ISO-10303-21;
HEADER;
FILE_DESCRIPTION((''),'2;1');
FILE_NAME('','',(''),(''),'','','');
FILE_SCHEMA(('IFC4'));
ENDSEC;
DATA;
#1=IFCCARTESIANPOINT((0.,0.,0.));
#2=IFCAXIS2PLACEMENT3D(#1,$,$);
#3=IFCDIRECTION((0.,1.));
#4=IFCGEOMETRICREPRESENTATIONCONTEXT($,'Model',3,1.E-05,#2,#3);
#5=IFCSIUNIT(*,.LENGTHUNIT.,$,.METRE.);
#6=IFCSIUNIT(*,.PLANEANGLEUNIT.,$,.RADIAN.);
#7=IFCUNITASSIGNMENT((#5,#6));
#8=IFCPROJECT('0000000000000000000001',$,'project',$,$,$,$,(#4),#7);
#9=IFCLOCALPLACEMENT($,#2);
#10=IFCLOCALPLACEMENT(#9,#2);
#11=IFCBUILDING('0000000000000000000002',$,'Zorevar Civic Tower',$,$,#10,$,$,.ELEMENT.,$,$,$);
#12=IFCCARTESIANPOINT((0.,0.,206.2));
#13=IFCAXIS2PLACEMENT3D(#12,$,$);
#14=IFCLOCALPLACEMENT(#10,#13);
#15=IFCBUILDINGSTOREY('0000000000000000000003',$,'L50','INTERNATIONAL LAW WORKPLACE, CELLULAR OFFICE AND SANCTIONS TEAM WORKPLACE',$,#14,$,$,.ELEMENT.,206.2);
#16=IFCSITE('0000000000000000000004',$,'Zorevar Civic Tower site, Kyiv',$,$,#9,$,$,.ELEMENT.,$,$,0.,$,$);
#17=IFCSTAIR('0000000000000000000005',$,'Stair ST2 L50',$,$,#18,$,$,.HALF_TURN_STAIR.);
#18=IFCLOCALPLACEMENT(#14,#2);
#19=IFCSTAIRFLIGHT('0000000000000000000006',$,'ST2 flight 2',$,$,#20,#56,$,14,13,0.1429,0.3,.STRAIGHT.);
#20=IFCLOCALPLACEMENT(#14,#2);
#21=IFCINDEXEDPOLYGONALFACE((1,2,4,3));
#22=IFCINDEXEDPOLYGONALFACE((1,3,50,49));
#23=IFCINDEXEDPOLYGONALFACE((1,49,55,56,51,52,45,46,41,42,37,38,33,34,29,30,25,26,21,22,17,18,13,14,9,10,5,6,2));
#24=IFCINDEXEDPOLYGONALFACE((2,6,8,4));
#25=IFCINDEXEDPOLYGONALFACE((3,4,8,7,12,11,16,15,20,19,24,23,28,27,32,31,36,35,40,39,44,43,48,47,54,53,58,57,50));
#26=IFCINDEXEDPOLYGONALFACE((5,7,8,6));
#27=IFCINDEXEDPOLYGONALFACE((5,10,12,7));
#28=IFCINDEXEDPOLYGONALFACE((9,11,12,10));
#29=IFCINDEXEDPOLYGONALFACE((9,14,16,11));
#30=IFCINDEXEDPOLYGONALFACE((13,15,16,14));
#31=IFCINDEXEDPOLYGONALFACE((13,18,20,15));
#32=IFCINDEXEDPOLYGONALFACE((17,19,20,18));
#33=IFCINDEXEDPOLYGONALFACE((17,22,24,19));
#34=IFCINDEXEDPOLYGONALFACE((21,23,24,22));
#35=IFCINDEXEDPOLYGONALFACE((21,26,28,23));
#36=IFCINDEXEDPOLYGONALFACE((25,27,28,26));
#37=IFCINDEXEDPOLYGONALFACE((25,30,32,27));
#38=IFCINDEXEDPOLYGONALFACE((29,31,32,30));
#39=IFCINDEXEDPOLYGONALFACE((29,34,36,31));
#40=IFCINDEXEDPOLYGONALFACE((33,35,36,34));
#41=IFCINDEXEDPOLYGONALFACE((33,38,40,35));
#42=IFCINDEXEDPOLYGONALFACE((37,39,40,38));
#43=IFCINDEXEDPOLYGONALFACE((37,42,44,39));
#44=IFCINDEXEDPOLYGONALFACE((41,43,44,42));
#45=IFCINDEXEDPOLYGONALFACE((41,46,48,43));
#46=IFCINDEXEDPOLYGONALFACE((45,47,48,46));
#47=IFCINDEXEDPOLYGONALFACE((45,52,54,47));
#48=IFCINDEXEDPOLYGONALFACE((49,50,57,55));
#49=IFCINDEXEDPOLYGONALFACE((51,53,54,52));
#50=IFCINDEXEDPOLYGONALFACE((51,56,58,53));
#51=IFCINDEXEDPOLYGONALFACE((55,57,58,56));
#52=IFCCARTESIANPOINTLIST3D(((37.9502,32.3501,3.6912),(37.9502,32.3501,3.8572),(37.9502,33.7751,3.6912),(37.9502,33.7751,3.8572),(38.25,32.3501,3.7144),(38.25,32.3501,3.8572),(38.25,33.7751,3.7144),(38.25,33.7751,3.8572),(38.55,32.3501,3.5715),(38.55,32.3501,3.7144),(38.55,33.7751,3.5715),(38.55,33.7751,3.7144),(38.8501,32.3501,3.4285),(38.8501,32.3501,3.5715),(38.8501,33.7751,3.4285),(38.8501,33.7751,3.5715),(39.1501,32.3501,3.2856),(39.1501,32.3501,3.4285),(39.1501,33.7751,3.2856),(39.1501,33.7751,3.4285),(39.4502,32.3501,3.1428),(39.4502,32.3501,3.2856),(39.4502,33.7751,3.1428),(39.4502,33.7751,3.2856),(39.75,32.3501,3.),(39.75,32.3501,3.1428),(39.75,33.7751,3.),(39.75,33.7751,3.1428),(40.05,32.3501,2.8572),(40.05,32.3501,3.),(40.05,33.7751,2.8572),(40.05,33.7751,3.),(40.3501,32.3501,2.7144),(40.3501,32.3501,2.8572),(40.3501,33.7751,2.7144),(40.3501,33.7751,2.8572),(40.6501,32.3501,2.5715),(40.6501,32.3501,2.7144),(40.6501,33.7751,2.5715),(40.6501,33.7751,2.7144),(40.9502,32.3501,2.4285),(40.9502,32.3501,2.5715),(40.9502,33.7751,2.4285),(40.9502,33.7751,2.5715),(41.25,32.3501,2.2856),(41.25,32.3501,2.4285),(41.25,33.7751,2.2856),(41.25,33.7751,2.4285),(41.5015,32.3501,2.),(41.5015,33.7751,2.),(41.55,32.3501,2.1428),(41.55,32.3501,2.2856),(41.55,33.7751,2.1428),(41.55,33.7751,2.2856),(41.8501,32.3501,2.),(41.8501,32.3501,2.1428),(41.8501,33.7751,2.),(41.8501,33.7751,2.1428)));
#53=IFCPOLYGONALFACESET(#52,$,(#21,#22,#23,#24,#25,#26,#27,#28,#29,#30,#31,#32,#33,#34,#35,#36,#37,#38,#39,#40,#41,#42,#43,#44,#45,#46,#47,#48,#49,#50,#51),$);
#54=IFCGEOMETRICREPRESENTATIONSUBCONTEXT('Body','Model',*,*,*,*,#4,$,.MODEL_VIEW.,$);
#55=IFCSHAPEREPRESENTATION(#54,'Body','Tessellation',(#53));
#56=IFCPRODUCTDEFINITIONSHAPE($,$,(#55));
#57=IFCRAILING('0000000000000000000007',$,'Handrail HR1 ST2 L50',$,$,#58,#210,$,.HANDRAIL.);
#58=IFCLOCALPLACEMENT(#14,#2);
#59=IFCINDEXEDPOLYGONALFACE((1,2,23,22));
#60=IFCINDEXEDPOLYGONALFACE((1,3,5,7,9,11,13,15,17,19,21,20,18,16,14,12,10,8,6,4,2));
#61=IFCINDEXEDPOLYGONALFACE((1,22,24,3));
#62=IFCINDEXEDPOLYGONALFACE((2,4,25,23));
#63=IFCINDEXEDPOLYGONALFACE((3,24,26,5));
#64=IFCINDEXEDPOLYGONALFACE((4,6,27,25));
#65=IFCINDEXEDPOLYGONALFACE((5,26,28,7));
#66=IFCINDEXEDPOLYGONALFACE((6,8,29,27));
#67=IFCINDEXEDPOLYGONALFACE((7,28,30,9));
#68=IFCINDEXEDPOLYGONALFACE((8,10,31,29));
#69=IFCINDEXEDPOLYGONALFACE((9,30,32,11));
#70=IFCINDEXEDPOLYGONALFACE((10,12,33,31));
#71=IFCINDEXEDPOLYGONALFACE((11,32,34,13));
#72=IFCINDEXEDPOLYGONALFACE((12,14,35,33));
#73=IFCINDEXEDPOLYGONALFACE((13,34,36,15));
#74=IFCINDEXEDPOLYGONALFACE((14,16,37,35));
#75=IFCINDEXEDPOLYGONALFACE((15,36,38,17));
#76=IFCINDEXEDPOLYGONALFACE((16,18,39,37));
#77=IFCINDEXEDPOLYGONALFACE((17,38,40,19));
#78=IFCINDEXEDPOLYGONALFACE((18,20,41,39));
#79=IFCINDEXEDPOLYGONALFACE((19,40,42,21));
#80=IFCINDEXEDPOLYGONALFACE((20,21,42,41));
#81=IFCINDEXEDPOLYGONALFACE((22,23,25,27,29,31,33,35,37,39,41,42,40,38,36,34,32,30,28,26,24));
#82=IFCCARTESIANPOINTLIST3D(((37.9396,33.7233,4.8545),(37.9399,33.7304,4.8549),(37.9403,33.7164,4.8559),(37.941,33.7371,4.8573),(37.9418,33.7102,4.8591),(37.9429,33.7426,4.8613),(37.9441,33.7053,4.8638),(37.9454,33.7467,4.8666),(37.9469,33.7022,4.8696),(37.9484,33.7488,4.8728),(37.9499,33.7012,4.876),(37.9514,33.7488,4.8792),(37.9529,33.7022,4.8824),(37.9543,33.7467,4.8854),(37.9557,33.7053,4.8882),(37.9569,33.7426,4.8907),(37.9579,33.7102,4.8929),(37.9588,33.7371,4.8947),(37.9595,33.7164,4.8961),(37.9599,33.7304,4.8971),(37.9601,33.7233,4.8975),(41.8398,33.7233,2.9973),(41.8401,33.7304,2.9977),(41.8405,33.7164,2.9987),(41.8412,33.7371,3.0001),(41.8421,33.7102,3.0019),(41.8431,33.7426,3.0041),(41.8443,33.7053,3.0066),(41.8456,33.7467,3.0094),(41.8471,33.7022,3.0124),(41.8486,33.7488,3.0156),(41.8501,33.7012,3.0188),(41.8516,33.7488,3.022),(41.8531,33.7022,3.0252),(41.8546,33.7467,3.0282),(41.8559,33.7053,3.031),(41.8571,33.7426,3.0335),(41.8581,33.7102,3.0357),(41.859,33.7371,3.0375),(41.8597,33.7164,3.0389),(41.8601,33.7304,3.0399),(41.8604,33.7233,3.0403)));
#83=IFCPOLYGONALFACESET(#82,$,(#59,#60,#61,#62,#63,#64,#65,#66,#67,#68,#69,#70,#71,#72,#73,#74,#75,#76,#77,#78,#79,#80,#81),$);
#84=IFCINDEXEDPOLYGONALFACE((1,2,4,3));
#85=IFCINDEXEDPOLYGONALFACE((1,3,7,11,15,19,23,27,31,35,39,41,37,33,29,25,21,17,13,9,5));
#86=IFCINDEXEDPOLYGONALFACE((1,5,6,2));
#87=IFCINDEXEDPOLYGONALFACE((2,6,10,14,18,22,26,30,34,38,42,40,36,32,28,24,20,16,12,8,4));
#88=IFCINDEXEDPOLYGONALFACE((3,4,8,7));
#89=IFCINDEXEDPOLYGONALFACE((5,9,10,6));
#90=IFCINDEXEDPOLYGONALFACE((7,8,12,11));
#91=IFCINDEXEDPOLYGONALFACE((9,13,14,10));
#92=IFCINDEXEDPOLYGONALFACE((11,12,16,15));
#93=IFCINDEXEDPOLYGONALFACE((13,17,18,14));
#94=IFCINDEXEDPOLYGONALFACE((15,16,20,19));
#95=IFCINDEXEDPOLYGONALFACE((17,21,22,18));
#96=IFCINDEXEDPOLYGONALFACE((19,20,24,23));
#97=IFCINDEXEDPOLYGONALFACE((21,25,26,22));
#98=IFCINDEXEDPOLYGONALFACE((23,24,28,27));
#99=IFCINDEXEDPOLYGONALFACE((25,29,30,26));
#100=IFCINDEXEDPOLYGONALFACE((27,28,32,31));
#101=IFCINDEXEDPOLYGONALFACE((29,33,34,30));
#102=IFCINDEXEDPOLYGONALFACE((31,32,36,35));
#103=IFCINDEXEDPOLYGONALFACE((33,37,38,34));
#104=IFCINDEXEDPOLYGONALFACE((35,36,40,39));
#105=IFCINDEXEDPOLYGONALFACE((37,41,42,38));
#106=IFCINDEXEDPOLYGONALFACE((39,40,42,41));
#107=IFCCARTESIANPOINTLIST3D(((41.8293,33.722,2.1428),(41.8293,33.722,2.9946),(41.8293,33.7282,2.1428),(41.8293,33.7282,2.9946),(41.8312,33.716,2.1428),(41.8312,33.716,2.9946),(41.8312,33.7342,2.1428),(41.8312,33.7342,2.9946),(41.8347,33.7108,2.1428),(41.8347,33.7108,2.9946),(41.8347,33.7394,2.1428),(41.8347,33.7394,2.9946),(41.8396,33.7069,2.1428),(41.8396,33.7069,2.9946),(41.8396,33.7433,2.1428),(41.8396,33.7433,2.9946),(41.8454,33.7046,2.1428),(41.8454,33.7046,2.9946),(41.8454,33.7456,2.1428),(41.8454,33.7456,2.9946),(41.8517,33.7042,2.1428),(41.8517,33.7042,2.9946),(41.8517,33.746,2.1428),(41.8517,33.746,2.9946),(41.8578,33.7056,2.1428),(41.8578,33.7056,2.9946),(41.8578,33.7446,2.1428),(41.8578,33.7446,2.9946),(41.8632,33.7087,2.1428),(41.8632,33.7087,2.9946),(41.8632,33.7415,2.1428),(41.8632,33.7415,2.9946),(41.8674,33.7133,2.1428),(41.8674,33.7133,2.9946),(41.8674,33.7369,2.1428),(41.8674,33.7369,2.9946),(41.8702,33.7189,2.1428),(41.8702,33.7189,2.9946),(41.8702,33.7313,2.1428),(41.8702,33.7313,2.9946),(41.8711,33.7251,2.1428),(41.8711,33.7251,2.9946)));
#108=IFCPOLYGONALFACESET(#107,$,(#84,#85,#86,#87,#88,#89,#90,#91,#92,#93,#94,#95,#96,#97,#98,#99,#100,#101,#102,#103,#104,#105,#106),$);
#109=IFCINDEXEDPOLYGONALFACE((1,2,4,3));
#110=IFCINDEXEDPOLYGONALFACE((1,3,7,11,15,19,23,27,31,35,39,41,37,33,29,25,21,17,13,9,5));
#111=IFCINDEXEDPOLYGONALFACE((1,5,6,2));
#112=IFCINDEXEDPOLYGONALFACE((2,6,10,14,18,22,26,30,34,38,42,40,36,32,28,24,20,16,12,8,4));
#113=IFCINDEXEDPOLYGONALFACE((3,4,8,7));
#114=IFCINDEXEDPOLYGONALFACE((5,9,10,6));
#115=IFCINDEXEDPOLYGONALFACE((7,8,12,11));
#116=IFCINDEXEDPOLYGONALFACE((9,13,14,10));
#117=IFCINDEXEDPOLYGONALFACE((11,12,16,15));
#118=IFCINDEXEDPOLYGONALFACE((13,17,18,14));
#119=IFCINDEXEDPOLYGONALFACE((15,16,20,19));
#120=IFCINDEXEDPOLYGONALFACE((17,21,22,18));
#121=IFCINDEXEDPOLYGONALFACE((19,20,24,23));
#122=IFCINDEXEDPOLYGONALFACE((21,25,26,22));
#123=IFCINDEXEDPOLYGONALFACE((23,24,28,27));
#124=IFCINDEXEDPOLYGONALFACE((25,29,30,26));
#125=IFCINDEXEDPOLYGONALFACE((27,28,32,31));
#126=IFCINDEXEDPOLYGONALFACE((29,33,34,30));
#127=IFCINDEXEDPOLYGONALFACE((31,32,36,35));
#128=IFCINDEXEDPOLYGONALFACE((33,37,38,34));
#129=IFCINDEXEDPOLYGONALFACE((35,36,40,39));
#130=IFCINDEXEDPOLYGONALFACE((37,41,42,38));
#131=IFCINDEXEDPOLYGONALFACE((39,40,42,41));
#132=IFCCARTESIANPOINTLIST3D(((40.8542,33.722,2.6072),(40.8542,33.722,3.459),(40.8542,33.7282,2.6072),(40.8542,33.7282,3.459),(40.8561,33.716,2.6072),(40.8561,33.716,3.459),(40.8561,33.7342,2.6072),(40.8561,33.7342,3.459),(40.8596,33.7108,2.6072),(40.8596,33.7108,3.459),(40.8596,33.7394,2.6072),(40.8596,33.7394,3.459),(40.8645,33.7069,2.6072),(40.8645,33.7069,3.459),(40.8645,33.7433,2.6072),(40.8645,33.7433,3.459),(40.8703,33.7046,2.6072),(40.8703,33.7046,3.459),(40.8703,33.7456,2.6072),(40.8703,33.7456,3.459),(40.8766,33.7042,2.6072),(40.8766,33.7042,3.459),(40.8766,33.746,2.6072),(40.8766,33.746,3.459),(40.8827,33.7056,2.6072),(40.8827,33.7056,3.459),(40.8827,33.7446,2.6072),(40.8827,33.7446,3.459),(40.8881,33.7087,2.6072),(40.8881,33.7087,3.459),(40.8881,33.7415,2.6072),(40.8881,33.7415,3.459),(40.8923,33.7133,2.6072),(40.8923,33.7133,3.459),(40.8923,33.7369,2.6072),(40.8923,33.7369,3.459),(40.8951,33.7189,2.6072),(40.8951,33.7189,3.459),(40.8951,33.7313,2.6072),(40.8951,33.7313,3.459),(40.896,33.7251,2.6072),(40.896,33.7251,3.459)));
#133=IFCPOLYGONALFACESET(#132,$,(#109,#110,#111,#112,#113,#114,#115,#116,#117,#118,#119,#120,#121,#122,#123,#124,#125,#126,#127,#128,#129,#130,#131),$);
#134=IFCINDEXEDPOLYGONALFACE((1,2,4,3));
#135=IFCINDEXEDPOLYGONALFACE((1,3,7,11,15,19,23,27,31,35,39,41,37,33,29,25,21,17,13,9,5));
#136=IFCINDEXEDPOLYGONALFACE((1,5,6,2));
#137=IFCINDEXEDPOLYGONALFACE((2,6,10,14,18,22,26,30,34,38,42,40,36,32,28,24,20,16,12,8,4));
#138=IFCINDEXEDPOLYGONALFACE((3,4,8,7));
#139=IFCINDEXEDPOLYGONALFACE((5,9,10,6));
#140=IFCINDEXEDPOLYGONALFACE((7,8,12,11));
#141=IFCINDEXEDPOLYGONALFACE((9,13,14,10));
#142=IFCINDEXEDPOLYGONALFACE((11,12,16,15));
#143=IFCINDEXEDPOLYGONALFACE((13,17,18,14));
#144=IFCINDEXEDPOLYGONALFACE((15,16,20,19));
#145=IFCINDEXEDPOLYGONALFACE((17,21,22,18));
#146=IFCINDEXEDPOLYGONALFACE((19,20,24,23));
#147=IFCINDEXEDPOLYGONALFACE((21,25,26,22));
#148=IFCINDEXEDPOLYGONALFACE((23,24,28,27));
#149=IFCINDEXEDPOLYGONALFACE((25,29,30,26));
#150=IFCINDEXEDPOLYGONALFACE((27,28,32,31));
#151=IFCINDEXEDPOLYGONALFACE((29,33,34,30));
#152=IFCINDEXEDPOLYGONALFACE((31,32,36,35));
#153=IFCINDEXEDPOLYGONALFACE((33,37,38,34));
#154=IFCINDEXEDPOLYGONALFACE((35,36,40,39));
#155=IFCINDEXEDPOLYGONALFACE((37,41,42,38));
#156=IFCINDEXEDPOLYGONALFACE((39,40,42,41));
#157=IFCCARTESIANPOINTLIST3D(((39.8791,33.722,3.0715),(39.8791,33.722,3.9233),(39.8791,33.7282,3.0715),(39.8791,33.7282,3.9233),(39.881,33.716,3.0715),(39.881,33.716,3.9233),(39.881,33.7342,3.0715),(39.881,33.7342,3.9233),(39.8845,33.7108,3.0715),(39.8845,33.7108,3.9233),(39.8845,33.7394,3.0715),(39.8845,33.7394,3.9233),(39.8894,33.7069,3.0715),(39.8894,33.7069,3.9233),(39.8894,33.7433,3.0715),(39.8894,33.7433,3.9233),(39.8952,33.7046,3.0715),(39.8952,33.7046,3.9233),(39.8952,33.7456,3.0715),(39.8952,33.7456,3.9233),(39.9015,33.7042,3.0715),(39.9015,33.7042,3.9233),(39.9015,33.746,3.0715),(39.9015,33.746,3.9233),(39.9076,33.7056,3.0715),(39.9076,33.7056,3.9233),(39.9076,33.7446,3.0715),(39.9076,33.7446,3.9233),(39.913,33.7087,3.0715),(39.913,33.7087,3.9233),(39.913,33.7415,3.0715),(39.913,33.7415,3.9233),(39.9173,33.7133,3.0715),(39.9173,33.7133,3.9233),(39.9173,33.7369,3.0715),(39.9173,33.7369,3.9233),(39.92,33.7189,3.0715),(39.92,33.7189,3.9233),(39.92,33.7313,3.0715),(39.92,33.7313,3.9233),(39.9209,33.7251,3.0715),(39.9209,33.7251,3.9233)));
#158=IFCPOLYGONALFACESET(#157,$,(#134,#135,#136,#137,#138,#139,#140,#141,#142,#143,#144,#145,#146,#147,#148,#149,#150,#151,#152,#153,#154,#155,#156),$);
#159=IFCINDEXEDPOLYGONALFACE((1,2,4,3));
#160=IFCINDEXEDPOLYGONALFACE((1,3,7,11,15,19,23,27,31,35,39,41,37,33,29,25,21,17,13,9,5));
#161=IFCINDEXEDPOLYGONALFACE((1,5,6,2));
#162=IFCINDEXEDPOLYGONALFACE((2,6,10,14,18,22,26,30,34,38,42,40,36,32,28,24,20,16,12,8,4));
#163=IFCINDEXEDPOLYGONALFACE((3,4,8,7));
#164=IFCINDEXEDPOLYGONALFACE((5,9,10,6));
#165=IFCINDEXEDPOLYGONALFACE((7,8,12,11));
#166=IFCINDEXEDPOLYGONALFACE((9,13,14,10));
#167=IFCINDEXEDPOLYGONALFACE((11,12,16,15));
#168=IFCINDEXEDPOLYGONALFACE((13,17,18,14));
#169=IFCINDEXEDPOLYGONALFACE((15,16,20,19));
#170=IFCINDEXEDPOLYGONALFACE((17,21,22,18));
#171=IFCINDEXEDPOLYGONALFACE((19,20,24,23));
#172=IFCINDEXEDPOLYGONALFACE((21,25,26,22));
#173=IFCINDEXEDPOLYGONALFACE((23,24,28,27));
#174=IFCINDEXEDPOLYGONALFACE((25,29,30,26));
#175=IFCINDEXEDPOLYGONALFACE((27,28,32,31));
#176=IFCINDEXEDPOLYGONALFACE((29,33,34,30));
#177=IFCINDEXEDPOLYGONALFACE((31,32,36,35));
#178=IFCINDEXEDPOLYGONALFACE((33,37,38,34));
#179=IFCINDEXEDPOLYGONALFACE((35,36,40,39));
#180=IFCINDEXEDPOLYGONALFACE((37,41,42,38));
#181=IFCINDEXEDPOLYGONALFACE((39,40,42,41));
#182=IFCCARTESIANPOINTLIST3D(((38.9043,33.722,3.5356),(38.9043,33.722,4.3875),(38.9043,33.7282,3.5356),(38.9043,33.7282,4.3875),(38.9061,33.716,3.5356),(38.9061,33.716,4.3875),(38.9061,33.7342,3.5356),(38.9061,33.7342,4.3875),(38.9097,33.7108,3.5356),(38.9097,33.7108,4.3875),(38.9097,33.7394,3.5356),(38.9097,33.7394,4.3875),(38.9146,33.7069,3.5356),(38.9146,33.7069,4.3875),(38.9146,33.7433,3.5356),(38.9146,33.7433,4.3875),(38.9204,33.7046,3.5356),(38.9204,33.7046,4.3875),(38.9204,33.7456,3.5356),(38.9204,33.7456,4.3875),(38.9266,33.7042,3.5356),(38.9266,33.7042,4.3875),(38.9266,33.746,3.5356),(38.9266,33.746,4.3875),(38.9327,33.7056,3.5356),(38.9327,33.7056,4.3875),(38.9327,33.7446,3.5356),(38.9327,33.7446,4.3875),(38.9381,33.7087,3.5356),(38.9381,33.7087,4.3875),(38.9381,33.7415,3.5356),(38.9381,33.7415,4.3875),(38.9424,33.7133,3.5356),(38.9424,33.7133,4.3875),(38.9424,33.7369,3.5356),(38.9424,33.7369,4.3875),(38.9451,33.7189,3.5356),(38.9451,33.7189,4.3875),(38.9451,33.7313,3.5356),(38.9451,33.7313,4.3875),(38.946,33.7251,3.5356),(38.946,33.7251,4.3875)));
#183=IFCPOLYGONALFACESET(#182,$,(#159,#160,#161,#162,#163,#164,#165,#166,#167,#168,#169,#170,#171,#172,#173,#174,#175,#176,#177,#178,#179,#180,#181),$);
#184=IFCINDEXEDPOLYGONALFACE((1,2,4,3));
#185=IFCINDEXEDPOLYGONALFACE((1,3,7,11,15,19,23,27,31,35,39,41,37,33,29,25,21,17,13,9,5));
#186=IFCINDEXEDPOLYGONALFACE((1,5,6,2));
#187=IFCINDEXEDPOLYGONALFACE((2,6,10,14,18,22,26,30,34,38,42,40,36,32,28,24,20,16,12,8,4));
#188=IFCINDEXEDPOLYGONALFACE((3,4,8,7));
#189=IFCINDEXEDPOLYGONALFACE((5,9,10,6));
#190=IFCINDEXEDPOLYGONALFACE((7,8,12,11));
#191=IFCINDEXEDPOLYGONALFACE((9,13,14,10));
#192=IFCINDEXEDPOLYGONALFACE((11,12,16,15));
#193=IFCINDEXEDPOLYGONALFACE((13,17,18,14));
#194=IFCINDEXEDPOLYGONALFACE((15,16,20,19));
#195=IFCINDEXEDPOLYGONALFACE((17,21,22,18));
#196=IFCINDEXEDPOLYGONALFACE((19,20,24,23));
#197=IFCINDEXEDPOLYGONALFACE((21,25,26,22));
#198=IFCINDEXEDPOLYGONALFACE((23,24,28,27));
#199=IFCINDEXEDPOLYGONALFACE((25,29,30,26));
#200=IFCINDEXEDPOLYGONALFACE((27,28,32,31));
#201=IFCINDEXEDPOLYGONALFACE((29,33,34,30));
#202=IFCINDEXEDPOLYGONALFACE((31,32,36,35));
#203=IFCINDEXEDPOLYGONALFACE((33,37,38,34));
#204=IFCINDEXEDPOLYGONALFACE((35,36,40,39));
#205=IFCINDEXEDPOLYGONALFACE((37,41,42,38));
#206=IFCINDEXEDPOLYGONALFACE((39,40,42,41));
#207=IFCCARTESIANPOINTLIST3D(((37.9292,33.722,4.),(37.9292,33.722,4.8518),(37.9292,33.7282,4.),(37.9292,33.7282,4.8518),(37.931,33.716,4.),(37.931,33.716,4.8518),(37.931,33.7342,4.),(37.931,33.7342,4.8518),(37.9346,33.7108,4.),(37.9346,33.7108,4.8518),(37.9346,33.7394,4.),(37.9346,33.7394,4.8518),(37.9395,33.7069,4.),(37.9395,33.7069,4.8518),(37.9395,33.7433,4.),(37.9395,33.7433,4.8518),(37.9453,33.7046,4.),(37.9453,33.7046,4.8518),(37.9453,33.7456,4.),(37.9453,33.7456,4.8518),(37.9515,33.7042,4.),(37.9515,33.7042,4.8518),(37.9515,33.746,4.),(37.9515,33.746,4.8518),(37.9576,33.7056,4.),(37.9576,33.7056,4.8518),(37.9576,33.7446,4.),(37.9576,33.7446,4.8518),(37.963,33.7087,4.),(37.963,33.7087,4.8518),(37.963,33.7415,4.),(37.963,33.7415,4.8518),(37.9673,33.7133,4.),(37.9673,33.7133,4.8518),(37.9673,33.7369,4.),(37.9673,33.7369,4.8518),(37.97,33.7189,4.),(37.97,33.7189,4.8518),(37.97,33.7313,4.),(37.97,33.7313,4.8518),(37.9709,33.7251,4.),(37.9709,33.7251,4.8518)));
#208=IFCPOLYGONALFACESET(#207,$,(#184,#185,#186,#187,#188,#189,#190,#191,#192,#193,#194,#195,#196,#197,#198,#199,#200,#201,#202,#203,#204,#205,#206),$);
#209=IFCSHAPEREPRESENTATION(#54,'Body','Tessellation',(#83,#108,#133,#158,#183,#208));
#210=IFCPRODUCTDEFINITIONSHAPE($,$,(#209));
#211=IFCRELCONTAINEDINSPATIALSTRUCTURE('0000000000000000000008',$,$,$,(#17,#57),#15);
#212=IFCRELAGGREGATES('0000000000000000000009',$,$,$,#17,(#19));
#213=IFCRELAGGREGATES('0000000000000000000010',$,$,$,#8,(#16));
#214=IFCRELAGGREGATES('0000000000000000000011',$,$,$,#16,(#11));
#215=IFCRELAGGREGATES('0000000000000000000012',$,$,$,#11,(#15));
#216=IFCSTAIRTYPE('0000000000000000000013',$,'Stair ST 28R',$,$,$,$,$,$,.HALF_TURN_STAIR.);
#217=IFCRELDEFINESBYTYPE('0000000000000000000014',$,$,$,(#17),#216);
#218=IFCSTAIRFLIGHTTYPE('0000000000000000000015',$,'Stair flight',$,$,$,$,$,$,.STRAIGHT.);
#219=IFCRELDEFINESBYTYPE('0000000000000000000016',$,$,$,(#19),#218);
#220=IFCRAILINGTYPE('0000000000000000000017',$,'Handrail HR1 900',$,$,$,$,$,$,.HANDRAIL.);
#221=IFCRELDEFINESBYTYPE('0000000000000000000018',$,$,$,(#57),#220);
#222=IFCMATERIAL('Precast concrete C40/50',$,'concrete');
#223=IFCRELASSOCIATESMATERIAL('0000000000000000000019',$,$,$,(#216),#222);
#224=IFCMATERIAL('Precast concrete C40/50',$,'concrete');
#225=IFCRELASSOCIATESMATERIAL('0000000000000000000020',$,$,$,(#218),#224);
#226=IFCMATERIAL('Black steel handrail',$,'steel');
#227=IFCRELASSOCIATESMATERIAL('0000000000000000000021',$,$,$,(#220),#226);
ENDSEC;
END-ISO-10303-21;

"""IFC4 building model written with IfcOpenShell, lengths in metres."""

from ifc_helpers import new_model, si_unit, direction, frame, origin, origin_2d, place, context, subcontext, project, spatial, polyline, circle, outline, extrude, material, type_object, element, aggregate, save


model = new_model("IFC4")

# Units and contexts
model_context = context("Model", 3, precision=1e-05, world=origin(), true_north=direction((0.0, 1.0)))
body_context = subcontext(model_context, "Body", "Model", "MODEL_VIEW")
ifc_project = project(units=[si_unit("LENGTHUNIT", "METRE"), si_unit("PLANEANGLEUNIT", "RADIAN")], contexts=[model_context])

# Site, building, storey
site_placement = place(None, origin())
site = spatial("IfcSite", under=ifc_project, at=site_placement, Name="Zorevar Civic Tower site, Kyiv", CompositionType="ELEMENT", RefElevation=0.0)
building_placement = place(site_placement, origin())
building = spatial("IfcBuilding", under=site, at=building_placement, Name="Zorevar Civic Tower", CompositionType="ELEMENT")
storey_placement = place(building_placement, frame((0.0, 0.0, 206.2)))
storey = spatial("IfcBuildingStorey", under=building, at=storey_placement, Name="L50", Description="INTERNATIONAL LAW WORKPLACE, CELLULAR OFFICE AND SANCTIONS TEAM WORKPLACE", CompositionType="ELEMENT", Elevation=206.2)

# Stair, stair flight
ifc_material_1 = material(Name="Precast concrete C40/50", Category="concrete")
stair_type = type_object("IfcStairType", Name="Stair ST 28R", PredefinedType="HALF_TURN_STAIR", material=ifc_material_1)
stair_placement = place(storey_placement, origin())
stair = element("IfcStair", 1, at=stair_placement, inside=storey, type_object=stair_type, Name="Stair ST2 L50", PredefinedType="HALF_TURN_STAIR")
ifc_material_2 = material(Name="Precast concrete C40/50", Category="concrete")
stair_flight_type = type_object("IfcStairFlightType", Name="Stair flight", PredefinedType="STRAIGHT", material=ifc_material_2)
stair_flight_placement = place(storey_placement, frame((41.8501, 33.0625, 2.0), z_axis=(0.0, 0.0, 1.0), x_axis=(-1.0, 0.0, 0.0)))
stair_flight = element("IfcStairFlight", 2, at=stair_flight_placement, type_object=stair_flight_type, Name="ST2 flight 2", NumberOfRisers=14, NumberOfTreads=13, PredefinedType="STRAIGHT", RiserHeight=0.1429, TreadLength=0.3, context=body_context, shape_type="SweptSolid", body=[
    extrude(outline(polyline([(0.0, 0.0), (0.0, 0.1428), (0.3, 0.1428), (0.3, 0.2856), (0.6001, 0.2856), (0.6001, 0.4285), (0.8999, 0.4285), (0.8999, 0.5715), (1.2, 0.5715), (1.2, 0.7144), (1.5, 0.7144), (1.5, 0.8572), (1.8, 0.8572), (1.8, 1.0), (2.1001, 1.0), (2.1001, 1.1428), (2.3999, 1.1428), (2.3999, 1.2856), (2.7, 1.2856), (2.7, 1.4285), (3.0, 1.4285), (3.0, 1.5715), (3.3, 1.5715), (3.3, 1.7144), (3.6001, 1.7144), (3.6001, 1.8572), (3.8999, 1.8572), (3.8999, 2.0), (3.8999, 1.6912), (0.3486, 0.0), (0.0, 0.0)])), frame((0.0, 0.7124, 0.0), z_axis=(0.0, -1.0, 0.0), x_axis=(1.0, 0.0, 0.0)), (0.0, 0.0, 1.0), 1.425),
])
aggregate(stair, [stair_flight])

# Railing
ifc_material_3 = material(Name="Black steel handrail", Category="steel")
railing_type = type_object("IfcRailingType", Name="Handrail HR1 900", PredefinedType="HANDRAIL", material=ifc_material_3)
railing_placement = place(storey_placement, frame((41.8501, 33.7251, 2.1428)))
element("IfcRailing", 3, at=railing_placement, inside=storey, type_object=railing_type, Name="Handrail HR1 ST2 L50", PredefinedType="HANDRAIL", context=body_context, shape_type="SweptSolid", body=[
    extrude(circle(Radius=0.0239, at=origin_2d()), frame((0.0, 0.0, 0.876), z_axis=(-0.902864, 0.0, 0.429927), x_axis=(0.0, -1.0, 0.0)), (0.0, 0.0, 1.0), 4.3198),
    extrude(circle(Radius=0.021, at=origin_2d()), origin(), (0.0, 0.0, 1.0), 0.8518),
    extrude(circle(Radius=0.021, at=origin_2d()), frame((-0.9751, 0.0, 0.4644)), (0.0, 0.0, 1.0), 0.8518),
    extrude(circle(Radius=0.021, at=origin_2d()), frame((-1.9502, 0.0, 0.9287)), (0.0, 0.0, 1.0), 0.8518),
    extrude(circle(Radius=0.021, at=origin_2d()), frame((-2.925, 0.0, 1.3928)), (0.0, 0.0, 1.0), 0.8518),
    extrude(circle(Radius=0.021, at=origin_2d()), frame((-3.9001, 0.0, 1.8572)), (0.0, 0.0, 1.0), 0.8518),
])

save(model, "model.ifc")
